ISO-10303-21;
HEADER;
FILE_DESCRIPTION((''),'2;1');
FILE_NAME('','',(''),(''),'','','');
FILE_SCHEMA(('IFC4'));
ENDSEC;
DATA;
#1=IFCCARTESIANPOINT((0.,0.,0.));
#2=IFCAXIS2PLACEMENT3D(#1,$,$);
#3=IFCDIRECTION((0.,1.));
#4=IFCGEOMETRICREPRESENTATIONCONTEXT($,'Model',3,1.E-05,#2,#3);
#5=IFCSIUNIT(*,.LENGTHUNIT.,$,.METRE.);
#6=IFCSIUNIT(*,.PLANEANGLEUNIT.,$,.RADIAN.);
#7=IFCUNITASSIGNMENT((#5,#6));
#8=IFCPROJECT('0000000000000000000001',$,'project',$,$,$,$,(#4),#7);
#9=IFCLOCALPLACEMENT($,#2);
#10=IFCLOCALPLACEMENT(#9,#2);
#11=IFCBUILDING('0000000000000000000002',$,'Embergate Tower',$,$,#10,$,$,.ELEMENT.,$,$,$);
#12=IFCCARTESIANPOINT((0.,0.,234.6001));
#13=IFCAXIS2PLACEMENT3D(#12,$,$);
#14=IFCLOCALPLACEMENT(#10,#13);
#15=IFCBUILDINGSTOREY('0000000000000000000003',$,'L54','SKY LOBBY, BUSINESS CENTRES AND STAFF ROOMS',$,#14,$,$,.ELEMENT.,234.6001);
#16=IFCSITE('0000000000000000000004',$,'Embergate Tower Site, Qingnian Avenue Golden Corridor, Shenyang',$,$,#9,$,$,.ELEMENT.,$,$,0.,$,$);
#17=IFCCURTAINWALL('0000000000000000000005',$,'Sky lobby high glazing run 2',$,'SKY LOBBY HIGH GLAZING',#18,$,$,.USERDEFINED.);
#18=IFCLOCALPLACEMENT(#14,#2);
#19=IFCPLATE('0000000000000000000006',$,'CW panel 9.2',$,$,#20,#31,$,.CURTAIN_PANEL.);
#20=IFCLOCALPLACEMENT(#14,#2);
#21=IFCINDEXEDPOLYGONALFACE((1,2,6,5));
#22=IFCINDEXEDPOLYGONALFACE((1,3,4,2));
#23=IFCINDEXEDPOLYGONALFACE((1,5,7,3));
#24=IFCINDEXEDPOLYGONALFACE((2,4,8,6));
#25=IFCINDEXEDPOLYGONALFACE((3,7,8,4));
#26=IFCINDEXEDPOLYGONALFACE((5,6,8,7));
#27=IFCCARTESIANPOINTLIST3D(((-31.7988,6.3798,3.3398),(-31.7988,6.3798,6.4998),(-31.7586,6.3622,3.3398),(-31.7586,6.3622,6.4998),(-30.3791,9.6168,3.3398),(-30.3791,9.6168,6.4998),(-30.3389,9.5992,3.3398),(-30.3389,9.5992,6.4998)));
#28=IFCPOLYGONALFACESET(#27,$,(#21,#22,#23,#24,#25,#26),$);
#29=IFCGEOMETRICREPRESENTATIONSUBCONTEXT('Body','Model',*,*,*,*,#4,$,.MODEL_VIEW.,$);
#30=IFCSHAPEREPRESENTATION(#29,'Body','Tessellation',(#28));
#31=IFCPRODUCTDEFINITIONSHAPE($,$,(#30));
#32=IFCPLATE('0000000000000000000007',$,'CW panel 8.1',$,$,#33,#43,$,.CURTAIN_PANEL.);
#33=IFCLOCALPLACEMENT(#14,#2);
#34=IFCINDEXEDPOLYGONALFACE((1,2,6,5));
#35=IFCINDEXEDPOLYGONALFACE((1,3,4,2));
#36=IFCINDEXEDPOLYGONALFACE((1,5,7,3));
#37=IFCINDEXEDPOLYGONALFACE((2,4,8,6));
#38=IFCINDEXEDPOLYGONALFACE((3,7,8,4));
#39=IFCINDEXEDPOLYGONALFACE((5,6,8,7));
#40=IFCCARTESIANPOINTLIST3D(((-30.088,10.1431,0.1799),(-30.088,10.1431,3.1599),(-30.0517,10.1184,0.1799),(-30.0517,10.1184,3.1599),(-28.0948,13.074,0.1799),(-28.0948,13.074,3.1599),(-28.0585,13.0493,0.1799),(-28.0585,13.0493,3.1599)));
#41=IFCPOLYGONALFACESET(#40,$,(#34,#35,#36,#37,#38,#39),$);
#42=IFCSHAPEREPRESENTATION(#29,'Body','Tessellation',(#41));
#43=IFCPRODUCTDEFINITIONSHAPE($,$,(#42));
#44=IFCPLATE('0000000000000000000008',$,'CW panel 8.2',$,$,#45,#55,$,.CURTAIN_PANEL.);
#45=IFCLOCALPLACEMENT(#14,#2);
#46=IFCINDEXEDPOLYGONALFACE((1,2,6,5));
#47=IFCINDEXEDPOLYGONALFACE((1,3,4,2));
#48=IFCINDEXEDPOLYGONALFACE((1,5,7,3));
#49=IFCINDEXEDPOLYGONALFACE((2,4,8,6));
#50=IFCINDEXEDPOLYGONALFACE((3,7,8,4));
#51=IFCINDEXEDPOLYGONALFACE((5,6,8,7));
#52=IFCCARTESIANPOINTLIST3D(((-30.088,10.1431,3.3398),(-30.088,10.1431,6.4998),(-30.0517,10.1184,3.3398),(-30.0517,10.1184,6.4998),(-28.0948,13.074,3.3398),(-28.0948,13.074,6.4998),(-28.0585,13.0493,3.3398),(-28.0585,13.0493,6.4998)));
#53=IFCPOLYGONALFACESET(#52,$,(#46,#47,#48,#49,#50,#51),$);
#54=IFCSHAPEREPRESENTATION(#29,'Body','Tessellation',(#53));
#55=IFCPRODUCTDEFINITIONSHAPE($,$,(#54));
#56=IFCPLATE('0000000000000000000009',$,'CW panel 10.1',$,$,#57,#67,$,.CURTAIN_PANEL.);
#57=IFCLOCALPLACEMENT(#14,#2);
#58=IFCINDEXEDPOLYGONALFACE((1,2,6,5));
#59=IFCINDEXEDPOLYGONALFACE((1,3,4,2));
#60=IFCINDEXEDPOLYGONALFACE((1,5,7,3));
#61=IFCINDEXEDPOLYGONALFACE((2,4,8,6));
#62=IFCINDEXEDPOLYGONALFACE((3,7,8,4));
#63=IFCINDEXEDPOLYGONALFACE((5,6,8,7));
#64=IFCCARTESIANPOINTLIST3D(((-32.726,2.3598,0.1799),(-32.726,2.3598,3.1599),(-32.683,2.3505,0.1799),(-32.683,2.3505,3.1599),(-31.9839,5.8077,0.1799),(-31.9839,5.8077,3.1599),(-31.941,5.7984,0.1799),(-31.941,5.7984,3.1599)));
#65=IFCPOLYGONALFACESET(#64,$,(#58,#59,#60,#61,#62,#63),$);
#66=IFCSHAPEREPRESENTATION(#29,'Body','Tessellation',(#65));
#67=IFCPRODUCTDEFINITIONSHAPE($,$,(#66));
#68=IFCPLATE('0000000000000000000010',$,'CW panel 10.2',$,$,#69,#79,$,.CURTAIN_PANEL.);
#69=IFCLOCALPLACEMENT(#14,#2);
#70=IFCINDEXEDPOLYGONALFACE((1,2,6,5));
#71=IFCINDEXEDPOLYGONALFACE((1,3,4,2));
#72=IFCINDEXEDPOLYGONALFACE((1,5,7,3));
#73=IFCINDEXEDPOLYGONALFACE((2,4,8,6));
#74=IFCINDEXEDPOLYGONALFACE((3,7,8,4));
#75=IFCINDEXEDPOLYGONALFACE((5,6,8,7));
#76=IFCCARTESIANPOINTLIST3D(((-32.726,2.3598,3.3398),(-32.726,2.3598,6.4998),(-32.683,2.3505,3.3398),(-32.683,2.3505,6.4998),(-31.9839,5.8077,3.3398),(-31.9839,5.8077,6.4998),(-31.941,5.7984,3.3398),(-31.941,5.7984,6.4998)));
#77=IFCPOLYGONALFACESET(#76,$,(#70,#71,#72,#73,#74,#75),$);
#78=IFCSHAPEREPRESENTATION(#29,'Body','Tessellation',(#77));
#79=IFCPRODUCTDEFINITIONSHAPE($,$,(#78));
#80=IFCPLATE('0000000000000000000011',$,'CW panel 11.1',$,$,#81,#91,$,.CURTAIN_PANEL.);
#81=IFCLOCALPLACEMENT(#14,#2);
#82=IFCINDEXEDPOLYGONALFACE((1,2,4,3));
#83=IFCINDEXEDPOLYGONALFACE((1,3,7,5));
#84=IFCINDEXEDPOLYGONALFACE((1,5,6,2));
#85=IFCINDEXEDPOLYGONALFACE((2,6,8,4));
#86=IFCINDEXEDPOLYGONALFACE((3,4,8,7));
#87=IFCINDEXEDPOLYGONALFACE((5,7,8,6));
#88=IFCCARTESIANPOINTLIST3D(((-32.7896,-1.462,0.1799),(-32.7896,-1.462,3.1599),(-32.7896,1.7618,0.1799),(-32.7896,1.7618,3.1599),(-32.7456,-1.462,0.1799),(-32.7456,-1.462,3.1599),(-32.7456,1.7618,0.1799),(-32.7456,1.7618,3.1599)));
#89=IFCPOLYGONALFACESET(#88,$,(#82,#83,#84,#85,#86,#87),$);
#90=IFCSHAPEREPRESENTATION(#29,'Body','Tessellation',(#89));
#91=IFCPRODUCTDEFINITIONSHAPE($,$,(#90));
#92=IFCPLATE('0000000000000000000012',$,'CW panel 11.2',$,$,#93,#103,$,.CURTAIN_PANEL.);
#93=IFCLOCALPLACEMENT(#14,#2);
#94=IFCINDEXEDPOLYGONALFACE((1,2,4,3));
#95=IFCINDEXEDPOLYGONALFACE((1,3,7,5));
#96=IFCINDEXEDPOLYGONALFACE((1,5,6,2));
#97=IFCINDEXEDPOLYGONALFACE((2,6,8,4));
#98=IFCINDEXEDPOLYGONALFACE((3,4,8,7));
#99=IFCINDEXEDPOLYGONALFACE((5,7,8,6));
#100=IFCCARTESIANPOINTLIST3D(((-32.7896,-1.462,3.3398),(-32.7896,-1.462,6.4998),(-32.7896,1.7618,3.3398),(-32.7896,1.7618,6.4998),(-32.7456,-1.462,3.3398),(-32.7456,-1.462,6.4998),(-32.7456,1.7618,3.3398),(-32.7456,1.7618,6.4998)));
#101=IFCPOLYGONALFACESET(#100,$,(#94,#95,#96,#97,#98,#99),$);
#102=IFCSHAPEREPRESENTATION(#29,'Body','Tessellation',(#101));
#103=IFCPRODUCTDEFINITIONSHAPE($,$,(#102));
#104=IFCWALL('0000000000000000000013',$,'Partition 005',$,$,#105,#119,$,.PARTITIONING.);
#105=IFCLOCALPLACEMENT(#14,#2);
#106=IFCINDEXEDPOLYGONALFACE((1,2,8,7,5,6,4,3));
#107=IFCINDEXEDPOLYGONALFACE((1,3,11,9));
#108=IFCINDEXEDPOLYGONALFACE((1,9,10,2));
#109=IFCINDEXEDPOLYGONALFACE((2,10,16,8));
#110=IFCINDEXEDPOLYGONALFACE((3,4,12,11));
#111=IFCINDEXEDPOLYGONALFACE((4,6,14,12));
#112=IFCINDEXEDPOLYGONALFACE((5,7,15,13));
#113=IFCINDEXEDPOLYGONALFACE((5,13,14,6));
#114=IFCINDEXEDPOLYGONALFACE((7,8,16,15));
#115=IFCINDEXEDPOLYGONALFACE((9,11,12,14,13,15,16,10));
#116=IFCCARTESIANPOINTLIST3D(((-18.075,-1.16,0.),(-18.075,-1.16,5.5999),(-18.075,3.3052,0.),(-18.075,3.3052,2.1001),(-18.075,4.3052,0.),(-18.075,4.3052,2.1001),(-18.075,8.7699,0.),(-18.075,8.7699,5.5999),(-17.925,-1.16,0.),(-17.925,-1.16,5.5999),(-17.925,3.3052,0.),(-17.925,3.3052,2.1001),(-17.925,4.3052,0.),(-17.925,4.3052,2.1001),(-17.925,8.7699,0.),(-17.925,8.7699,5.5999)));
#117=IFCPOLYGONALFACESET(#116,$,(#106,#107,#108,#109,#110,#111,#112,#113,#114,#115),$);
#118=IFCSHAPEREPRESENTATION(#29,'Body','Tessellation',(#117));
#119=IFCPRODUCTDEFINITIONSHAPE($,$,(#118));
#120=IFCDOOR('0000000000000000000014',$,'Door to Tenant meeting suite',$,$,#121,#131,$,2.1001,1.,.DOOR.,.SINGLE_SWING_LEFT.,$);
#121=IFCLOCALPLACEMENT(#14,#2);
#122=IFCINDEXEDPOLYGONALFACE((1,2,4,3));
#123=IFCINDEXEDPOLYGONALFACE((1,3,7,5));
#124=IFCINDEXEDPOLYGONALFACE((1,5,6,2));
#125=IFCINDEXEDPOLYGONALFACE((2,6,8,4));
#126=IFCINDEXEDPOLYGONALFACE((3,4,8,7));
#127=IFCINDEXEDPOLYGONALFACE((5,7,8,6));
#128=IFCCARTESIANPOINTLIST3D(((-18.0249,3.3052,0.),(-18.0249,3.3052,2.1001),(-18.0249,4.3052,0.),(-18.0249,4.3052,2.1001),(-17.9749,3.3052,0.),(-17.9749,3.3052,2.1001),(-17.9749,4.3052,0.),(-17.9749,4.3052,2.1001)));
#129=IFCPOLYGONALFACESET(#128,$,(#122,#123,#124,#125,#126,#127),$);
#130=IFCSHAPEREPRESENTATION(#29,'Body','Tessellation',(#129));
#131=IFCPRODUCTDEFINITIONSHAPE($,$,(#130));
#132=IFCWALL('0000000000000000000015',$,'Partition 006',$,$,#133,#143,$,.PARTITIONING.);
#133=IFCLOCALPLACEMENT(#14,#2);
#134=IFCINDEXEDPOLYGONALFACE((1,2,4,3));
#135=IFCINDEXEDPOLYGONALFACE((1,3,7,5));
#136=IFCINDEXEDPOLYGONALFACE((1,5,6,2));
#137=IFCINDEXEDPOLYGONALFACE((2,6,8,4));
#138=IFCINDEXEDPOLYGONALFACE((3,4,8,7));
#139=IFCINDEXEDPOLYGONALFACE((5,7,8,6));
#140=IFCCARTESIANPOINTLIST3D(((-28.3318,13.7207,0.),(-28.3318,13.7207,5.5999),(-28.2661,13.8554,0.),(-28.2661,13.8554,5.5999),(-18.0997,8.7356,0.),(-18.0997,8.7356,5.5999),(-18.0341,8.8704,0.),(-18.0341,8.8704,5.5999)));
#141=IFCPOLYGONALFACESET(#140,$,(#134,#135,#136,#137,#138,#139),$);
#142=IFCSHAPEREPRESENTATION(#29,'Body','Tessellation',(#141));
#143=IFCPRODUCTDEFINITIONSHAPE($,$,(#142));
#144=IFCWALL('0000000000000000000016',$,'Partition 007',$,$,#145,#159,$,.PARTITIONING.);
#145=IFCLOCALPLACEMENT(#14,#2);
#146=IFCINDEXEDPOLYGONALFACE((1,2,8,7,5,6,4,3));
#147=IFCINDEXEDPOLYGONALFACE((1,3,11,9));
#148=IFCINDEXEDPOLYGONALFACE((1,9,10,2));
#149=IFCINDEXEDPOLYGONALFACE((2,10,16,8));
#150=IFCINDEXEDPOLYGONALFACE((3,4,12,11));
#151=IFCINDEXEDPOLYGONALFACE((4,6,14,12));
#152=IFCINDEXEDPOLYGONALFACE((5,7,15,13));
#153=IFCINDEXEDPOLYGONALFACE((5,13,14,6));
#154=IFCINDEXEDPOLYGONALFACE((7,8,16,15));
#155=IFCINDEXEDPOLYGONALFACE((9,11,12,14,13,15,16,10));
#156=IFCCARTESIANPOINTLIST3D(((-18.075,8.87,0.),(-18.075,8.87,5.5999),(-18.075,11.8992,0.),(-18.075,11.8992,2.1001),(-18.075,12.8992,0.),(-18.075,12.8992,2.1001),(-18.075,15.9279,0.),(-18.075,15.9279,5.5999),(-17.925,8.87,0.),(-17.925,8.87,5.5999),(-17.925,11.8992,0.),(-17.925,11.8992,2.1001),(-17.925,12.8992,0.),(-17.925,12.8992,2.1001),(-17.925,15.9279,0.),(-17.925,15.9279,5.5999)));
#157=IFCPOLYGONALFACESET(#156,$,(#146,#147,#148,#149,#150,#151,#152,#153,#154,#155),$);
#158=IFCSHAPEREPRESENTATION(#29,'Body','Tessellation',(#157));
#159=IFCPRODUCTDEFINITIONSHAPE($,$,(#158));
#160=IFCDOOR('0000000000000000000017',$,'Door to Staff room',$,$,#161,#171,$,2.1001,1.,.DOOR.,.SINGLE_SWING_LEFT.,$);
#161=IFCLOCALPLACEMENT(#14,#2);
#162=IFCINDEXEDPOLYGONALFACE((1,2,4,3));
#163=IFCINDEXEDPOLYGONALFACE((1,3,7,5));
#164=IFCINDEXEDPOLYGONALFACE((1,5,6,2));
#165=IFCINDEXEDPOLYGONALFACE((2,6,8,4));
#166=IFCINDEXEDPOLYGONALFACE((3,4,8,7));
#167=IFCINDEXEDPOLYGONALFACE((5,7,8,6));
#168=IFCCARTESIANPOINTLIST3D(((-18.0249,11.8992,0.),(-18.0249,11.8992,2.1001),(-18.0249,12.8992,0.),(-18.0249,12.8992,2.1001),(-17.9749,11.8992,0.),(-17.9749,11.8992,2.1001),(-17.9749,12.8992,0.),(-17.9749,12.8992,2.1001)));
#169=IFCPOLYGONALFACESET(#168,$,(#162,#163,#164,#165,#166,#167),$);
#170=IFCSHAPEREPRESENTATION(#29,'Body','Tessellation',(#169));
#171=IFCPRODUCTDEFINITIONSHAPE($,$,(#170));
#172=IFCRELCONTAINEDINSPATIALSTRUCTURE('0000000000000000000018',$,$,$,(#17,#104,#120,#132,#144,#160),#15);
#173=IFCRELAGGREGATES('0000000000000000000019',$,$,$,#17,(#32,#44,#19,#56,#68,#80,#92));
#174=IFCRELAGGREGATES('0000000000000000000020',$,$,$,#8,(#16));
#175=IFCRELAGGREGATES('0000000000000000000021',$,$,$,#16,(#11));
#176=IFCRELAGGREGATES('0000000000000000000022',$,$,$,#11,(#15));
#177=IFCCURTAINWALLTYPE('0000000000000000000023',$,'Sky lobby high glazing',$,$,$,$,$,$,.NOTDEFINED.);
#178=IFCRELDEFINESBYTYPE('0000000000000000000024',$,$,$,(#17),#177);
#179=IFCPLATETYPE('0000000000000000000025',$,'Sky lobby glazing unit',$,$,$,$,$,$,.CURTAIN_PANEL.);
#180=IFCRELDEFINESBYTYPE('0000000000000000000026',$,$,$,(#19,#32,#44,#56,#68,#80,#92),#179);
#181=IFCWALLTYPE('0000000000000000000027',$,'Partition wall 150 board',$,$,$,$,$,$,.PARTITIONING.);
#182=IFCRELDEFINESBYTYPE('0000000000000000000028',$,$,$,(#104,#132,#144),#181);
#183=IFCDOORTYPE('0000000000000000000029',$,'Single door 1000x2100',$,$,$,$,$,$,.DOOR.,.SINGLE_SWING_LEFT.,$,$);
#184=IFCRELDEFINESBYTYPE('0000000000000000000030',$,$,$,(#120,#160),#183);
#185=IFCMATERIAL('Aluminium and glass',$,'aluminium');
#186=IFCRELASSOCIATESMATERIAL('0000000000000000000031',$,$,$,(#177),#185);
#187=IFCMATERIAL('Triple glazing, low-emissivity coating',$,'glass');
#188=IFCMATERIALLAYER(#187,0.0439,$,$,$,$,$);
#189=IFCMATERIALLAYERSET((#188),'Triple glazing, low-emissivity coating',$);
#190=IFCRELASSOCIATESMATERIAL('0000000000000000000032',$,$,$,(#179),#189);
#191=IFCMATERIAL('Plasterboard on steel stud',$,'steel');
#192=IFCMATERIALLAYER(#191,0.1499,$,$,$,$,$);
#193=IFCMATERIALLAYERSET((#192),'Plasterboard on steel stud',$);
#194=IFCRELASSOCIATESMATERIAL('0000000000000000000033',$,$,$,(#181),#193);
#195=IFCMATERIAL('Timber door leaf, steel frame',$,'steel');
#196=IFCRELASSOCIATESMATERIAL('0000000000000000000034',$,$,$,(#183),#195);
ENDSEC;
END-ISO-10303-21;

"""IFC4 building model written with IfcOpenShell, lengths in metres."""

from ifc_helpers import new_model, si_unit, direction, frame, frame_2d, origin, origin_2d, place, context, subcontext, project, spatial, rectangle, extrude, source, transform, mapped, material, layer, layer_set, type_object, element, fill, aggregate, save


model = new_model("IFC4")

# Units and contexts
model_context = context("Model", 3, precision=1e-05, world=origin(), true_north=direction((0.0, 1.0)))
body_context = subcontext(model_context, "Body", "Model", "MODEL_VIEW")
ifc_project = project(units=[si_unit("LENGTHUNIT", "METRE"), si_unit("PLANEANGLEUNIT", "RADIAN")], contexts=[model_context])

# Site, building, storey
site_placement = place(None, origin())
site = spatial("IfcSite", under=ifc_project, at=site_placement, Name="Embergate Tower Site, Qingnian Avenue Golden Corridor, Shenyang", CompositionType="ELEMENT", RefElevation=0.0)
building_placement = place(site_placement, origin())
building = spatial("IfcBuilding", under=site, at=building_placement, Name="Embergate Tower", CompositionType="ELEMENT")
storey_placement = place(building_placement, frame((0.0, 0.0, 234.6001)))
storey = spatial("IfcBuildingStorey", under=building, at=storey_placement, Name="L54", Description="SKY LOBBY, BUSINESS CENTRES AND STAFF ROOMS", CompositionType="ELEMENT", Elevation=234.6001)

# Curtain wall, plates
ifc_material_1 = material(Name="Aluminium and glass", Category="aluminium")
curtain_wall_type = type_object("IfcCurtainWallType", Name="Sky lobby high glazing", PredefinedType="NOTDEFINED", material=ifc_material_1)
curtain_wall_placement = place(storey_placement, origin())
curtain_wall = element("IfcCurtainWall", 1, at=curtain_wall_placement, inside=storey, type_object=curtain_wall_type, Name="Sky lobby high glazing run 2", ObjectType="SKY LOBBY HIGH GLAZING", PredefinedType="USERDEFINED")
ifc_material_2 = material(Name="Triple glazing, low-emissivity coating", Category="glass")
ifc_layer_1 = layer(ifc_material_2, 0.0439)
ifc_layer_set_1 = layer_set([ifc_layer_1], Name="Triple glazing, low-emissivity coating")
plate_type = type_object("IfcPlateType", Name="Sky lobby glazing unit", PredefinedType="CURTAIN_PANEL", material=ifc_layer_set_1)
shared_shape_1 = source(origin(), body_context, "Body", "SweptSolid", [
    extrude(rectangle(XDim=3.5347, YDim=0.0439, at=origin_2d()), origin(), (0.0, 0.0, 1.0), 3.1599),
])
plate_1_placement = place(storey_placement, frame((-31.0688, 7.9895, 3.3398), z_axis=(0.0, 0.0, 1.0), x_axis=(-0.401657, -0.91579, 0.0)))
plate_1 = element("IfcPlate", 2, at=plate_1_placement, type_object=plate_type, Name="CW panel 9.2", PredefinedType="CURTAIN_PANEL", context=body_context, shape_type="MappedRepresentation", body=[
    mapped(shared_shape_1, transform((0.0, 0.0, 0.0))),
])
shared_shape_2 = source(origin(), body_context, "Body", "SweptSolid", [
    extrude(rectangle(XDim=3.5444, YDim=0.0439, at=origin_2d()), origin(), (0.0, 0.0, 1.0), 2.98),
])
plate_2_placement = place(storey_placement, frame((-29.0732, 11.5962, 0.1799), z_axis=(0.0, 0.0, 1.0), x_axis=(-0.562346, -0.826902, 0.0)))
plate_2 = element("IfcPlate", 3, at=plate_2_placement, type_object=plate_type, Name="CW panel 8.1", PredefinedType="CURTAIN_PANEL", context=body_context, shape_type="MappedRepresentation", body=[
    mapped(shared_shape_2, transform((0.0, 0.0, 0.0))),
])
shared_shape_3 = source(origin(), body_context, "Body", "SweptSolid", [
    extrude(rectangle(XDim=3.5444, YDim=0.0439, at=origin_2d()), origin(), (0.0, 0.0, 1.0), 3.1599),
])
plate_3_placement = place(storey_placement, frame((-29.0732, 11.5962, 3.3398), z_axis=(0.0, 0.0, 1.0), x_axis=(-0.562346, -0.826902, 0.0)))
plate_3 = element("IfcPlate", 4, at=plate_3_placement, type_object=plate_type, Name="CW panel 8.2", PredefinedType="CURTAIN_PANEL", context=body_context, shape_type="MappedRepresentation", body=[
    mapped(shared_shape_3, transform((0.0, 0.0, 0.0))),
])
shared_shape_4 = source(origin(), body_context, "Body", "SweptSolid", [
    extrude(rectangle(XDim=3.5269, YDim=0.0439, at=origin_2d()), origin(), (0.0, 0.0, 1.0), 2.98),
])
plate_4_placement = place(storey_placement, frame((-32.3335, 4.0791, 0.1799), z_axis=(0.0, 0.0, 1.0), x_axis=(-0.210402, -0.977615, 0.0)))
plate_4 = element("IfcPlate", 5, at=plate_4_placement, type_object=plate_type, Name="CW panel 10.1", PredefinedType="CURTAIN_PANEL", context=body_context, shape_type="MappedRepresentation", body=[
    mapped(shared_shape_4, transform((0.0, 0.0, 0.0))),
])
shared_shape_5 = source(origin(), body_context, "Body", "SweptSolid", [
    extrude(rectangle(XDim=3.5269, YDim=0.0439, at=origin_2d()), origin(), (0.0, 0.0, 1.0), 3.1599),
])
plate_5_placement = place(storey_placement, frame((-32.3335, 4.0791, 3.3398), z_axis=(0.0, 0.0, 1.0), x_axis=(-0.210402, -0.977615, 0.0)))
plate_5 = element("IfcPlate", 6, at=plate_5_placement, type_object=plate_type, Name="CW panel 10.2", PredefinedType="CURTAIN_PANEL", context=body_context, shape_type="MappedRepresentation", body=[
    mapped(shared_shape_5, transform((0.0, 0.0, 0.0))),
])
shared_shape_6 = source(origin(), body_context, "Body", "SweptSolid", [
    extrude(rectangle(XDim=3.2239, YDim=0.0439, at=origin_2d()), origin(), (0.0, 0.0, 1.0), 2.98),
])
plate_6_placement = place(storey_placement, frame((-32.7676, 0.1499, 0.1799), z_axis=(0.0, 0.0, 1.0), x_axis=(0.0, -1.0, 0.0)))
plate_6 = element("IfcPlate", 7, at=plate_6_placement, type_object=plate_type, Name="CW panel 11.1", PredefinedType="CURTAIN_PANEL", context=body_context, shape_type="MappedRepresentation", body=[
    mapped(shared_shape_6, transform((0.0, 0.0, 0.0))),
])
shared_shape_7 = source(origin(), body_context, "Body", "SweptSolid", [
    extrude(rectangle(XDim=3.2239, YDim=0.0439, at=origin_2d()), origin(), (0.0, 0.0, 1.0), 3.1599),
])
plate_7_placement = place(storey_placement, frame((-32.7676, 0.1499, 3.3398), z_axis=(0.0, 0.0, 1.0), x_axis=(0.0, -1.0, 0.0)))
plate_7 = element("IfcPlate", 8, at=plate_7_placement, type_object=plate_type, Name="CW panel 11.2", PredefinedType="CURTAIN_PANEL", context=body_context, shape_type="MappedRepresentation", body=[
    mapped(shared_shape_7, transform((0.0, 0.0, 0.0))),
])
aggregate(curtain_wall, [plate_2, plate_3, plate_1, plate_4, plate_5, plate_6, plate_7])

# Wall, opening, door
ifc_material_3 = material(Name="Plasterboard on steel stud", Category="steel")
ifc_layer_2 = layer(ifc_material_3, 0.1499)
ifc_layer_set_2 = layer_set([ifc_layer_2], Name="Plasterboard on steel stud")
wall_type = type_object("IfcWallType", Name="Partition wall 150 board", PredefinedType="PARTITIONING", material=ifc_layer_set_2)
shared_shape_8 = source(origin(), body_context, "Body", "SweptSolid", [
    extrude(rectangle(XDim=9.9299, YDim=0.1499, at=frame_2d((4.9648, 0.0))), origin(), (0.0, 0.0, 1.0), 5.5999),
])
wall_1_placement = place(storey_placement, frame((-18.0, -1.1599, 0.0), z_axis=(0.0, 0.0, 1.0), x_axis=(0.0, 1.0, 0.0)))
wall_1 = element("IfcWall", 9, at=wall_1_placement, inside=storey, type_object=wall_type, Name="Partition 005", PredefinedType="PARTITIONING", context=body_context, shape_type="MappedRepresentation", body=[
    mapped(shared_shape_8, transform((0.0, 0.0, 0.0))),
])
shared_shape_9 = source(origin(), body_context, "Body", "SweptSolid", [
    extrude(rectangle(XDim=1.0, YDim=2.1001, at=frame_2d((0.5, 1.05))), frame((0.0, 0.085, 0.0), z_axis=(0.0, -1.0, 0.0), x_axis=(1.0, 0.0, 0.0)), (0.0, 0.0, 1.0), 0.1699),
])
opening_1_placement = place(wall_1_placement, frame((4.4651, 0.0, 0.0)))
opening_1 = element("IfcOpeningElement", 10, at=opening_1_placement, cuts=wall_1, PredefinedType="OPENING", context=body_context, shape_type="MappedRepresentation", body=[
    mapped(shared_shape_9, transform((0.0, 0.0, 0.0))),
])
ifc_material_4 = material(Name="Timber door leaf, steel frame", Category="steel")
door_type = type_object("IfcDoorType", Name="Single door 1000x2100", OperationType="SINGLE_SWING_LEFT", PredefinedType="DOOR", material=ifc_material_4)
shared_shape_10 = source(origin(), body_context, "Body", "SweptSolid", [
    extrude(rectangle(XDim=1.0, YDim=2.1001, at=frame_2d((0.5, 1.05))), frame((0.0, 0.0249, 0.0), z_axis=(0.0, -1.0, 0.0), x_axis=(1.0, 0.0, 0.0)), (0.0, 0.0, 1.0), 0.05),
])
door_1_placement = place(opening_1_placement, origin())
door_1 = element("IfcDoor", 11, at=door_1_placement, inside=storey, type_object=door_type, Name="Door to Tenant meeting suite", OperationType="SINGLE_SWING_LEFT", OverallHeight=2.1001, OverallWidth=1.0, PredefinedType="DOOR", context=body_context, shape_type="MappedRepresentation", body=[
    mapped(shared_shape_10, transform((0.0, 0.0, 0.0))),
])
fill(opening_1, door_1)

# Wall
shared_shape_11 = source(origin(), body_context, "Body", "SweptSolid", [
    extrude(rectangle(XDim=11.3818, YDim=0.1499, at=frame_2d((5.6909, 0.0))), origin(), (0.0, 0.0, 1.0), 5.5999),
])
wall_2_placement = place(storey_placement, frame((-18.0669, 8.803, 0.0), z_axis=(0.0, 0.0, 1.0), x_axis=(-0.898983, 0.437984, 0.0)))
element("IfcWall", 12, at=wall_2_placement, inside=storey, type_object=wall_type, Name="Partition 006", PredefinedType="PARTITIONING", context=body_context, shape_type="MappedRepresentation", body=[
    mapped(shared_shape_11, transform((0.0, 0.0, 0.0))),
])

# Wall, opening, door
shared_shape_12 = source(origin(), body_context, "Body", "SweptSolid", [
    extrude(rectangle(XDim=7.0579, YDim=0.1499, at=frame_2d((3.5288, 0.0))), origin(), (0.0, 0.0, 1.0), 5.5999),
])
wall_3_placement = place(storey_placement, frame((-18.0, 8.8701, 0.0), z_axis=(0.0, 0.0, 1.0), x_axis=(0.0, 1.0, 0.0)))
wall_3 = element("IfcWall", 13, at=wall_3_placement, inside=storey, type_object=wall_type, Name="Partition 007", PredefinedType="PARTITIONING", context=body_context, shape_type="MappedRepresentation", body=[
    mapped(shared_shape_12, transform((0.0, 0.0, 0.0))),
])
opening_2_placement = place(wall_3_placement, frame((3.0291, 0.0, 0.0)))
opening_2 = element("IfcOpeningElement", 14, at=opening_2_placement, cuts=wall_3, PredefinedType="OPENING", context=body_context, shape_type="MappedRepresentation", body=[
    mapped(shared_shape_9, transform((0.0, 0.0, 0.0))),
])
door_2_placement = place(opening_2_placement, origin())
door_2 = element("IfcDoor", 15, at=door_2_placement, inside=storey, type_object=door_type, Name="Door to Staff room", OperationType="SINGLE_SWING_LEFT", OverallHeight=2.1001, OverallWidth=1.0, PredefinedType="DOOR", context=body_context, shape_type="MappedRepresentation", body=[
    mapped(shared_shape_10, transform((0.0, 0.0, 0.0))),
])
fill(opening_2, door_2)

save(model, "model.ifc")
